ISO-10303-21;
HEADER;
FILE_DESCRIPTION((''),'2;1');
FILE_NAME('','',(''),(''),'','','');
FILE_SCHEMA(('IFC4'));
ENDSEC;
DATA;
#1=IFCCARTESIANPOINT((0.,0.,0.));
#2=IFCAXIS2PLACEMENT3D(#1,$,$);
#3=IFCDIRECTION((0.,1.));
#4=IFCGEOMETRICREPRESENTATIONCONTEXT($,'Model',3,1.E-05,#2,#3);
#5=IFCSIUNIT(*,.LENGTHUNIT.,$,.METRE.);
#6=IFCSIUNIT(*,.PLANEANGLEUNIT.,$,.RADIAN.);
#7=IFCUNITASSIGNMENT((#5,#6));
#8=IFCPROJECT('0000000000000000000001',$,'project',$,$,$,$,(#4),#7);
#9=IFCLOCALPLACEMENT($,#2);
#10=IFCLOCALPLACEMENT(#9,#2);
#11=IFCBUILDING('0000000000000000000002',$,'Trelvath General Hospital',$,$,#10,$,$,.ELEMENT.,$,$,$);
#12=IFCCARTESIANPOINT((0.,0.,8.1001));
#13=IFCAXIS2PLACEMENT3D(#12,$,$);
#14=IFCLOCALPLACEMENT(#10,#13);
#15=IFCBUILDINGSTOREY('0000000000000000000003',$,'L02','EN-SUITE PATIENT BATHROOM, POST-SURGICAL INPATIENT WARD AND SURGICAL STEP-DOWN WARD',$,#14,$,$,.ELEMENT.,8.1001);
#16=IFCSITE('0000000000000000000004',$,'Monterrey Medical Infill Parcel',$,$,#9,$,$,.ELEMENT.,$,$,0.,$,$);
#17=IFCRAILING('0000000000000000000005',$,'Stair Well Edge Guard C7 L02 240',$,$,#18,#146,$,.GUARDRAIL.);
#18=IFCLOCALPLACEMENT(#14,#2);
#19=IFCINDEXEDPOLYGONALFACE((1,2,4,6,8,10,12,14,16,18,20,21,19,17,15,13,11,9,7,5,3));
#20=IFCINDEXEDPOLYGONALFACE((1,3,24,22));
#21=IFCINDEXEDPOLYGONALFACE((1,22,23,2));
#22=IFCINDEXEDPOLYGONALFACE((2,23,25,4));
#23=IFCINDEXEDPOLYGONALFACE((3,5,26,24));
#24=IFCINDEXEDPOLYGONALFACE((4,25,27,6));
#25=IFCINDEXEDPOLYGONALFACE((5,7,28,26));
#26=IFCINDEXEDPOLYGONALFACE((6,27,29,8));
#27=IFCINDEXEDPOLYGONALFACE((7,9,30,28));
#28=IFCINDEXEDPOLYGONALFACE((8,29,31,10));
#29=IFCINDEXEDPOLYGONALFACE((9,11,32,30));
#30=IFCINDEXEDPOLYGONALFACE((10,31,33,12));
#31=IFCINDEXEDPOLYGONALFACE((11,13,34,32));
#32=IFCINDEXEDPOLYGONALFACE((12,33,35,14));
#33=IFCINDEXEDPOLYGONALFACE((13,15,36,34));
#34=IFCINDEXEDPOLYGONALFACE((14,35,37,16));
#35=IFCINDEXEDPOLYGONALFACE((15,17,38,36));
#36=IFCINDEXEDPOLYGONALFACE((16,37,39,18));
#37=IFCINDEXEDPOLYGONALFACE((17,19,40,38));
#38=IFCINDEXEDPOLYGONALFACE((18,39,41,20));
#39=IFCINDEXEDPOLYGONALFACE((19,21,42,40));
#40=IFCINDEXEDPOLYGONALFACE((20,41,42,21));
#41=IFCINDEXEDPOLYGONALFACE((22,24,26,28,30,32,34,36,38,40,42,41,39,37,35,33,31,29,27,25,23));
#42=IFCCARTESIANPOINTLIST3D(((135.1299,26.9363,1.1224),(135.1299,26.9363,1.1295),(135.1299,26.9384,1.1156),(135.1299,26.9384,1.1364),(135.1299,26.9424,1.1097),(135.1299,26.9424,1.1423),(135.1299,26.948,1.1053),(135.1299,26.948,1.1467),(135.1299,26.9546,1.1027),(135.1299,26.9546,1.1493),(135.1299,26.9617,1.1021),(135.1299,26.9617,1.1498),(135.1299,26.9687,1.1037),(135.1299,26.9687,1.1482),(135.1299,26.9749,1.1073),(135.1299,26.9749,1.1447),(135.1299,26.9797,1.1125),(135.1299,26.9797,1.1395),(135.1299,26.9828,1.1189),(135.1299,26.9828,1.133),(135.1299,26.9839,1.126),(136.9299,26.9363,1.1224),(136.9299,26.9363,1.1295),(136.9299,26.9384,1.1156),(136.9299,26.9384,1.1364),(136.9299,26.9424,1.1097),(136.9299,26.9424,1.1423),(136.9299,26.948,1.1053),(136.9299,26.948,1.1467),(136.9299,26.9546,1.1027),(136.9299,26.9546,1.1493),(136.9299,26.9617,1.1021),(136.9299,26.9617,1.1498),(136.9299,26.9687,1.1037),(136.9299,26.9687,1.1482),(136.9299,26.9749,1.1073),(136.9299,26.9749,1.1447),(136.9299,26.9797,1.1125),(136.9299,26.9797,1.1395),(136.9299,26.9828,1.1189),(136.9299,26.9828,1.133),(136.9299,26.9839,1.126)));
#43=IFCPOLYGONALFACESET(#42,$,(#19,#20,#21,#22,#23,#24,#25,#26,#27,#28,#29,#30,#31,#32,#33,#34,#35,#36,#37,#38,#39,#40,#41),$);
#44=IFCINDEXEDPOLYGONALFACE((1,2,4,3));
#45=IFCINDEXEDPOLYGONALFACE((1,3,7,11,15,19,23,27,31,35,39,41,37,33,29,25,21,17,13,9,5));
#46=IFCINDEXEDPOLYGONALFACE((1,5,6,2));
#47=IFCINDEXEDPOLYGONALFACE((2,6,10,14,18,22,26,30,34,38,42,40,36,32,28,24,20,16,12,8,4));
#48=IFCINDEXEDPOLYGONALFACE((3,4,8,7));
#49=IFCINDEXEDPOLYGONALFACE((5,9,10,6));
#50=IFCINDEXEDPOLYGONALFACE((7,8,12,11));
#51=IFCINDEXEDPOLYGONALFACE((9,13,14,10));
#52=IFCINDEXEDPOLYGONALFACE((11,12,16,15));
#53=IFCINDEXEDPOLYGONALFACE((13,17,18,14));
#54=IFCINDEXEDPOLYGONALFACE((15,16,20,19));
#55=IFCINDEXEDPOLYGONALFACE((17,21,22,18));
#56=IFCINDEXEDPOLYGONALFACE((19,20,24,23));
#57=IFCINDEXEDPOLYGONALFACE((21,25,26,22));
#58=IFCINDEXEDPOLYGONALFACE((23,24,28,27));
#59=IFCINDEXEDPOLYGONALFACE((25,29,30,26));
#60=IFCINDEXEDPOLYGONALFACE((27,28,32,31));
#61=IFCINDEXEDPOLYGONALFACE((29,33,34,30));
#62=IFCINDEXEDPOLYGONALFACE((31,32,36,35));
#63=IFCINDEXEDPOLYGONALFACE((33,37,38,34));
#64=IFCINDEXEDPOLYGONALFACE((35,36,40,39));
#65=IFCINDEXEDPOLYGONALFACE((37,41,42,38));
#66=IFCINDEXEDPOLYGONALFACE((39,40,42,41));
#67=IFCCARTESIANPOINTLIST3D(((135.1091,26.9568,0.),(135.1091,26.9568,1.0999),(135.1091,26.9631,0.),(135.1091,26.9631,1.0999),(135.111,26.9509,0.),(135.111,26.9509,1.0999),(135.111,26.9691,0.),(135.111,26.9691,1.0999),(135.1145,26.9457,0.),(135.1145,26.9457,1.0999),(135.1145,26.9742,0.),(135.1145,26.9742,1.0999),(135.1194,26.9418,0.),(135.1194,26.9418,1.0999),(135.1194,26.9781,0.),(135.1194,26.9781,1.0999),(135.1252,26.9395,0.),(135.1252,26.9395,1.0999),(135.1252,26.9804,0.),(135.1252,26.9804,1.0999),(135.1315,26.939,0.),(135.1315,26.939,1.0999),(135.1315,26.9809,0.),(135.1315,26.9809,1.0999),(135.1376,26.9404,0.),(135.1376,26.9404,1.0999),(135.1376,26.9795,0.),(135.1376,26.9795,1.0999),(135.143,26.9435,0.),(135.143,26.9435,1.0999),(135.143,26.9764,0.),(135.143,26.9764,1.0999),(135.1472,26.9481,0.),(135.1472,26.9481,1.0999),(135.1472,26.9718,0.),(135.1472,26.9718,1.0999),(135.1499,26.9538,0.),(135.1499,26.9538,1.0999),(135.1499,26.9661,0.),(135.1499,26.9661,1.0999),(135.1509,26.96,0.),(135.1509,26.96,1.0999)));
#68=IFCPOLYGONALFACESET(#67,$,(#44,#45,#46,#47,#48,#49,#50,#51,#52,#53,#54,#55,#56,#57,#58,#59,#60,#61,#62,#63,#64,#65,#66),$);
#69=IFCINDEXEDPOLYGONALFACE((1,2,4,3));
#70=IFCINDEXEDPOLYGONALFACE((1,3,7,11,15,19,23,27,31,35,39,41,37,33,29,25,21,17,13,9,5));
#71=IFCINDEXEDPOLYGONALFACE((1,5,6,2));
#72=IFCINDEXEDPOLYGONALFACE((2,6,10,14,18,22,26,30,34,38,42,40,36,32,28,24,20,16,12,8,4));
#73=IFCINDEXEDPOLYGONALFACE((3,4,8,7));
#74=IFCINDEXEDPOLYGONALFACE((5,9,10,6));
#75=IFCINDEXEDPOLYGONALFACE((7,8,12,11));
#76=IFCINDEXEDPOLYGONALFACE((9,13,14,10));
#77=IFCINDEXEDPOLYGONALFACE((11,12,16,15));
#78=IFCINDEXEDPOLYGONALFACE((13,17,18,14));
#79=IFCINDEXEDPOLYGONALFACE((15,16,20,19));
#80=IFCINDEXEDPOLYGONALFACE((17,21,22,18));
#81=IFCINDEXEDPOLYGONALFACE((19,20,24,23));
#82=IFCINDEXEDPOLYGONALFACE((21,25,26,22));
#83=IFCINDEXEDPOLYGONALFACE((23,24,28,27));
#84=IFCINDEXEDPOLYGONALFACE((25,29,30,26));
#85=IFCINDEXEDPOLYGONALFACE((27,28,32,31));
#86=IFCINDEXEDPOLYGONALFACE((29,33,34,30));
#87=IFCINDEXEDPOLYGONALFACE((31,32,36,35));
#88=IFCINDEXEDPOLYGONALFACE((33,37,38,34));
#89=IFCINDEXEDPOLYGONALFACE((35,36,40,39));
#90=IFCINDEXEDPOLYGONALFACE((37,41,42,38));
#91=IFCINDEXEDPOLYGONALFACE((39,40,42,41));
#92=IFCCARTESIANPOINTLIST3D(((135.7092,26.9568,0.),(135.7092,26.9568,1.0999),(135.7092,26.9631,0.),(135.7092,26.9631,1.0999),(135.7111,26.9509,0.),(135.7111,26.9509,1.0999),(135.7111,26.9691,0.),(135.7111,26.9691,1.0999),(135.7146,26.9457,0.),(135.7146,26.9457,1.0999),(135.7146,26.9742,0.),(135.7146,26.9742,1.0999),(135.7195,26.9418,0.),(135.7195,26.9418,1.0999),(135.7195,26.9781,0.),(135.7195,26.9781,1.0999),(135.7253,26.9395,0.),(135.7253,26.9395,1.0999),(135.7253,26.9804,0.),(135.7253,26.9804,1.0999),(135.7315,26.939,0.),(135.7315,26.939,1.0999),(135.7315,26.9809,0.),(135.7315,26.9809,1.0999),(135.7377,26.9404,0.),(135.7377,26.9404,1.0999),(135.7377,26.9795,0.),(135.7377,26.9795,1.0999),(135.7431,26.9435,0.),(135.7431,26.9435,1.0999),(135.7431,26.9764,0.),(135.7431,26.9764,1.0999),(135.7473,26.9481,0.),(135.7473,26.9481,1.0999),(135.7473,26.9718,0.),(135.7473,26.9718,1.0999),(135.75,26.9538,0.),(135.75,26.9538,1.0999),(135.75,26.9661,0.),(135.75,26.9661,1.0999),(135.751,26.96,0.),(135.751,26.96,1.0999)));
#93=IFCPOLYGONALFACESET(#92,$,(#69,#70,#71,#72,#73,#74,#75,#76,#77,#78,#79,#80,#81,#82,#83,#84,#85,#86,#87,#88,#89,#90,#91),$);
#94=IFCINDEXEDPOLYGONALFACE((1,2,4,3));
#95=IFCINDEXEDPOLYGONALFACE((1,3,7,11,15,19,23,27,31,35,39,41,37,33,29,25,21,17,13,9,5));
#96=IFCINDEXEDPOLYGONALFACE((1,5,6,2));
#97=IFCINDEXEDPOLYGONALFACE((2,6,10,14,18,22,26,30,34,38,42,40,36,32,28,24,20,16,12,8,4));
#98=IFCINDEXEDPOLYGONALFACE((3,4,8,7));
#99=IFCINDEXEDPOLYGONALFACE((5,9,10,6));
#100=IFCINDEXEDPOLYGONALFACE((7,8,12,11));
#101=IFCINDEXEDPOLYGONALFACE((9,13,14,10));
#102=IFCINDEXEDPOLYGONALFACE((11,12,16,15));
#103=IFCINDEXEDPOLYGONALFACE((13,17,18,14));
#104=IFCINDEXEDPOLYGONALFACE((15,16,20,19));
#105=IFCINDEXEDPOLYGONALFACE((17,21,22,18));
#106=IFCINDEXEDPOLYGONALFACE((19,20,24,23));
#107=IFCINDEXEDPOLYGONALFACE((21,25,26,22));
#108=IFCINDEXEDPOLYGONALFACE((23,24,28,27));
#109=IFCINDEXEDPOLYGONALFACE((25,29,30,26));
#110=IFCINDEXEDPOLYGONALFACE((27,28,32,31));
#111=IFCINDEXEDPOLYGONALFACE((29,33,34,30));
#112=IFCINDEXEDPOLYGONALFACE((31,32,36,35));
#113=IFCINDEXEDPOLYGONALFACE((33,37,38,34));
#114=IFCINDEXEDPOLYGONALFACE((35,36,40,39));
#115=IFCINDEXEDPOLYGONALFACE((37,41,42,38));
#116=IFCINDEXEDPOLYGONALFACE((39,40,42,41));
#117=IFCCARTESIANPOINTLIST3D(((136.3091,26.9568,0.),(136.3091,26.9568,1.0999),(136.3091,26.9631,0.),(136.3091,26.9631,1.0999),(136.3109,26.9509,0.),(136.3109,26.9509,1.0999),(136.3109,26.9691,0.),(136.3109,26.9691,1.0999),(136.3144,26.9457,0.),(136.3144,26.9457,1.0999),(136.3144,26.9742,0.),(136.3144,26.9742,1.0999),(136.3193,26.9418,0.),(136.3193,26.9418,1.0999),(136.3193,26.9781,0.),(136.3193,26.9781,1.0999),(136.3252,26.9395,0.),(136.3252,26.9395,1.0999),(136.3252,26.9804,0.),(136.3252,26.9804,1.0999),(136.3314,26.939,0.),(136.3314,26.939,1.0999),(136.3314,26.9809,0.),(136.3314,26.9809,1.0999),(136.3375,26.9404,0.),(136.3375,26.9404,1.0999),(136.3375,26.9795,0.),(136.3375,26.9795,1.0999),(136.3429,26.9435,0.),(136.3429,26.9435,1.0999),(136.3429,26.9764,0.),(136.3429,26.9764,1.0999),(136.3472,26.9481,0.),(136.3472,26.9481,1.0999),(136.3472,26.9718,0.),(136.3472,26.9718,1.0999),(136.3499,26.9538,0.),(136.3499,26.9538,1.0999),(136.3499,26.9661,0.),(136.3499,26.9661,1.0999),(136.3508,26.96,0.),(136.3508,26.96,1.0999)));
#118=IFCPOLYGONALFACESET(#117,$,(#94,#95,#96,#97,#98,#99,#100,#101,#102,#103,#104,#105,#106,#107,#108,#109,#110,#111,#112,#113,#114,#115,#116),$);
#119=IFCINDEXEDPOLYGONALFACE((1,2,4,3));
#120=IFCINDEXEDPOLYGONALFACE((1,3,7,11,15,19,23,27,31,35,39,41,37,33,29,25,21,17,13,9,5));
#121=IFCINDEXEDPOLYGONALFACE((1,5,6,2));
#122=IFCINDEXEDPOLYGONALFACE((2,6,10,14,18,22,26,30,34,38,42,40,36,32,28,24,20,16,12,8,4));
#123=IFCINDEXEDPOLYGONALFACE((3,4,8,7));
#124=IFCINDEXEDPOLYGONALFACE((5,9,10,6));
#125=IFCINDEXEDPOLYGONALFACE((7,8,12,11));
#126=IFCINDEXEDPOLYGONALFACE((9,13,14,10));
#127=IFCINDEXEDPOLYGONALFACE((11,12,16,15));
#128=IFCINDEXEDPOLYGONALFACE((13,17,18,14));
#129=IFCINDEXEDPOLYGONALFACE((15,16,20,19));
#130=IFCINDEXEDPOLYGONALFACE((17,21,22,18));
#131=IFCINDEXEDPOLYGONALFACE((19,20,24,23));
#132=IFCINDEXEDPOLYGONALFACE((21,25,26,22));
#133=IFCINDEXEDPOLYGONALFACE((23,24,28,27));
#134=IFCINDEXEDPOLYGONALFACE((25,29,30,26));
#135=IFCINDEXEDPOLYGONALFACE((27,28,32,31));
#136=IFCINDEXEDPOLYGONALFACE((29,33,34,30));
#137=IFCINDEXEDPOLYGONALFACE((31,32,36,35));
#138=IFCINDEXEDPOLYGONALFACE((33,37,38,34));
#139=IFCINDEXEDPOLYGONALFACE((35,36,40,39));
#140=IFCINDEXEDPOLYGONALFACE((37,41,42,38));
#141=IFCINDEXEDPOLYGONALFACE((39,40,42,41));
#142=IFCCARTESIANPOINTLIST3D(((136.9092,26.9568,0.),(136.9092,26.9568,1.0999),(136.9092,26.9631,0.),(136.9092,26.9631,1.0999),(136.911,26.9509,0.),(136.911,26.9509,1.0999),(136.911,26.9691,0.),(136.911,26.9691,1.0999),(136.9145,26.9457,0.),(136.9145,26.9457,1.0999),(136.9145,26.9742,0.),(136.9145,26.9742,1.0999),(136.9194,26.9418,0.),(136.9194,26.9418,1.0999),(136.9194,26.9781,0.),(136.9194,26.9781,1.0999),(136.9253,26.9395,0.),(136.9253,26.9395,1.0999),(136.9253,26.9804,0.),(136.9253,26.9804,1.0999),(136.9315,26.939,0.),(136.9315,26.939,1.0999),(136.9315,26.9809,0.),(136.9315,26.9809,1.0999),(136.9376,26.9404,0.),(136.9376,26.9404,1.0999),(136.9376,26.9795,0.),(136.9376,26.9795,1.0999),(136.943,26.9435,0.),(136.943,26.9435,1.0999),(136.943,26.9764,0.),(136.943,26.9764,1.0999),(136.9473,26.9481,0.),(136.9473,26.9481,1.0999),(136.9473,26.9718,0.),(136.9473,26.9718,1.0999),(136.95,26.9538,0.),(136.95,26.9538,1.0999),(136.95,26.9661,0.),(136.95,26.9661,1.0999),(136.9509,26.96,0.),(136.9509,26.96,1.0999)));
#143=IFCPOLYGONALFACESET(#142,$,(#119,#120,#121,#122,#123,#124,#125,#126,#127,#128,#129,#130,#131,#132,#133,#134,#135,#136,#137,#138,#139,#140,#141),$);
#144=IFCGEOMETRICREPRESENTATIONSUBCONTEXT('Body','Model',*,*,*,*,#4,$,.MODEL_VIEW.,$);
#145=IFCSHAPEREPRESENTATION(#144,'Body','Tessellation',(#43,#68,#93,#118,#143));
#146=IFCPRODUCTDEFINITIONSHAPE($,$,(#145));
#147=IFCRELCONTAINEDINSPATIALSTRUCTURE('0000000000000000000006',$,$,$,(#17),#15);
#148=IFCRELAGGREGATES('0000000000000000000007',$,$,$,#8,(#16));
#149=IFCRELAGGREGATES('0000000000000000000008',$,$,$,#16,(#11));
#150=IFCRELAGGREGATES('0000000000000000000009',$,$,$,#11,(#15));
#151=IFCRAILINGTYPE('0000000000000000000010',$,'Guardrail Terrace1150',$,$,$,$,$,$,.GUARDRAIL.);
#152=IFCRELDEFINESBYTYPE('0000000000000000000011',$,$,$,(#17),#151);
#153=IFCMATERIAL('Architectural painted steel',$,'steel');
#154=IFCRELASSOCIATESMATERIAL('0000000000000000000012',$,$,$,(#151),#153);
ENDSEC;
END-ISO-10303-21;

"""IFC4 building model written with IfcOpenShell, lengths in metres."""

from ifc_helpers import new_model, si_unit, direction, frame, origin, origin_2d, place, context, subcontext, project, spatial, circle, extrude, material, type_object, element, save


model = new_model("IFC4")

# Units and contexts
model_context = context("Model", 3, precision=1e-05, world=origin(), true_north=direction((0.0, 1.0)))
body_context = subcontext(model_context, "Body", "Model", "MODEL_VIEW")
ifc_project = project(units=[si_unit("LENGTHUNIT", "METRE"), si_unit("PLANEANGLEUNIT", "RADIAN")], contexts=[model_context])

# Site, building, storey
site_placement = place(None, origin())
site = spatial("IfcSite", under=ifc_project, at=site_placement, Name="Monterrey Medical Infill Parcel", CompositionType="ELEMENT", RefElevation=0.0)
building_placement = place(site_placement, origin())
building = spatial("IfcBuilding", under=site, at=building_placement, Name="Trelvath General Hospital", CompositionType="ELEMENT")
storey_placement = place(building_placement, frame((0.0, 0.0, 8.1001)))
storey = spatial("IfcBuildingStorey", under=building, at=storey_placement, Name="L02", Description="EN-SUITE PATIENT BATHROOM, POST-SURGICAL INPATIENT WARD AND SURGICAL STEP-DOWN WARD", CompositionType="ELEMENT", Elevation=8.1001)

# Railing
ifc_material_1 = material(Name="Architectural painted steel", Category="steel")
railing_type = type_object("IfcRailingType", Name="Guardrail Terrace1150", PredefinedType="GUARDRAIL", material=ifc_material_1)
railing_1_placement = place(storey_placement, frame((135.1299, 26.96, 0.0)))
element("IfcRailing", 1, at=railing_1_placement, inside=storey, type_object=railing_type, Name="Stair Well Edge Guard C7 L02 240", PredefinedType="GUARDRAIL", context=body_context, shape_type="SweptSolid", body=[
    extrude(circle(Radius=0.0239, at=origin_2d()), frame((0.0, 0.0, 1.126), z_axis=(1.0, 0.0, 0.0), x_axis=(0.0, 1.0, 0.0)), (0.0, 0.0, 1.0), 1.8),
    extrude(circle(Radius=0.021, at=origin_2d()), origin(), (0.0, 0.0, 1.0), 1.0999),
    extrude(circle(Radius=0.021, at=origin_2d()), frame((0.6001, 0.0, 0.0)), (0.0, 0.0, 1.0), 1.0999),
    extrude(circle(Radius=0.021, at=origin_2d()), frame((1.2, 0.0, 0.0)), (0.0, 0.0, 1.0), 1.0999),
    extrude(circle(Radius=0.021, at=origin_2d()), frame((1.8, 0.0, 0.0)), (0.0, 0.0, 1.0), 1.0999),
])

save(model, "model.ifc")
